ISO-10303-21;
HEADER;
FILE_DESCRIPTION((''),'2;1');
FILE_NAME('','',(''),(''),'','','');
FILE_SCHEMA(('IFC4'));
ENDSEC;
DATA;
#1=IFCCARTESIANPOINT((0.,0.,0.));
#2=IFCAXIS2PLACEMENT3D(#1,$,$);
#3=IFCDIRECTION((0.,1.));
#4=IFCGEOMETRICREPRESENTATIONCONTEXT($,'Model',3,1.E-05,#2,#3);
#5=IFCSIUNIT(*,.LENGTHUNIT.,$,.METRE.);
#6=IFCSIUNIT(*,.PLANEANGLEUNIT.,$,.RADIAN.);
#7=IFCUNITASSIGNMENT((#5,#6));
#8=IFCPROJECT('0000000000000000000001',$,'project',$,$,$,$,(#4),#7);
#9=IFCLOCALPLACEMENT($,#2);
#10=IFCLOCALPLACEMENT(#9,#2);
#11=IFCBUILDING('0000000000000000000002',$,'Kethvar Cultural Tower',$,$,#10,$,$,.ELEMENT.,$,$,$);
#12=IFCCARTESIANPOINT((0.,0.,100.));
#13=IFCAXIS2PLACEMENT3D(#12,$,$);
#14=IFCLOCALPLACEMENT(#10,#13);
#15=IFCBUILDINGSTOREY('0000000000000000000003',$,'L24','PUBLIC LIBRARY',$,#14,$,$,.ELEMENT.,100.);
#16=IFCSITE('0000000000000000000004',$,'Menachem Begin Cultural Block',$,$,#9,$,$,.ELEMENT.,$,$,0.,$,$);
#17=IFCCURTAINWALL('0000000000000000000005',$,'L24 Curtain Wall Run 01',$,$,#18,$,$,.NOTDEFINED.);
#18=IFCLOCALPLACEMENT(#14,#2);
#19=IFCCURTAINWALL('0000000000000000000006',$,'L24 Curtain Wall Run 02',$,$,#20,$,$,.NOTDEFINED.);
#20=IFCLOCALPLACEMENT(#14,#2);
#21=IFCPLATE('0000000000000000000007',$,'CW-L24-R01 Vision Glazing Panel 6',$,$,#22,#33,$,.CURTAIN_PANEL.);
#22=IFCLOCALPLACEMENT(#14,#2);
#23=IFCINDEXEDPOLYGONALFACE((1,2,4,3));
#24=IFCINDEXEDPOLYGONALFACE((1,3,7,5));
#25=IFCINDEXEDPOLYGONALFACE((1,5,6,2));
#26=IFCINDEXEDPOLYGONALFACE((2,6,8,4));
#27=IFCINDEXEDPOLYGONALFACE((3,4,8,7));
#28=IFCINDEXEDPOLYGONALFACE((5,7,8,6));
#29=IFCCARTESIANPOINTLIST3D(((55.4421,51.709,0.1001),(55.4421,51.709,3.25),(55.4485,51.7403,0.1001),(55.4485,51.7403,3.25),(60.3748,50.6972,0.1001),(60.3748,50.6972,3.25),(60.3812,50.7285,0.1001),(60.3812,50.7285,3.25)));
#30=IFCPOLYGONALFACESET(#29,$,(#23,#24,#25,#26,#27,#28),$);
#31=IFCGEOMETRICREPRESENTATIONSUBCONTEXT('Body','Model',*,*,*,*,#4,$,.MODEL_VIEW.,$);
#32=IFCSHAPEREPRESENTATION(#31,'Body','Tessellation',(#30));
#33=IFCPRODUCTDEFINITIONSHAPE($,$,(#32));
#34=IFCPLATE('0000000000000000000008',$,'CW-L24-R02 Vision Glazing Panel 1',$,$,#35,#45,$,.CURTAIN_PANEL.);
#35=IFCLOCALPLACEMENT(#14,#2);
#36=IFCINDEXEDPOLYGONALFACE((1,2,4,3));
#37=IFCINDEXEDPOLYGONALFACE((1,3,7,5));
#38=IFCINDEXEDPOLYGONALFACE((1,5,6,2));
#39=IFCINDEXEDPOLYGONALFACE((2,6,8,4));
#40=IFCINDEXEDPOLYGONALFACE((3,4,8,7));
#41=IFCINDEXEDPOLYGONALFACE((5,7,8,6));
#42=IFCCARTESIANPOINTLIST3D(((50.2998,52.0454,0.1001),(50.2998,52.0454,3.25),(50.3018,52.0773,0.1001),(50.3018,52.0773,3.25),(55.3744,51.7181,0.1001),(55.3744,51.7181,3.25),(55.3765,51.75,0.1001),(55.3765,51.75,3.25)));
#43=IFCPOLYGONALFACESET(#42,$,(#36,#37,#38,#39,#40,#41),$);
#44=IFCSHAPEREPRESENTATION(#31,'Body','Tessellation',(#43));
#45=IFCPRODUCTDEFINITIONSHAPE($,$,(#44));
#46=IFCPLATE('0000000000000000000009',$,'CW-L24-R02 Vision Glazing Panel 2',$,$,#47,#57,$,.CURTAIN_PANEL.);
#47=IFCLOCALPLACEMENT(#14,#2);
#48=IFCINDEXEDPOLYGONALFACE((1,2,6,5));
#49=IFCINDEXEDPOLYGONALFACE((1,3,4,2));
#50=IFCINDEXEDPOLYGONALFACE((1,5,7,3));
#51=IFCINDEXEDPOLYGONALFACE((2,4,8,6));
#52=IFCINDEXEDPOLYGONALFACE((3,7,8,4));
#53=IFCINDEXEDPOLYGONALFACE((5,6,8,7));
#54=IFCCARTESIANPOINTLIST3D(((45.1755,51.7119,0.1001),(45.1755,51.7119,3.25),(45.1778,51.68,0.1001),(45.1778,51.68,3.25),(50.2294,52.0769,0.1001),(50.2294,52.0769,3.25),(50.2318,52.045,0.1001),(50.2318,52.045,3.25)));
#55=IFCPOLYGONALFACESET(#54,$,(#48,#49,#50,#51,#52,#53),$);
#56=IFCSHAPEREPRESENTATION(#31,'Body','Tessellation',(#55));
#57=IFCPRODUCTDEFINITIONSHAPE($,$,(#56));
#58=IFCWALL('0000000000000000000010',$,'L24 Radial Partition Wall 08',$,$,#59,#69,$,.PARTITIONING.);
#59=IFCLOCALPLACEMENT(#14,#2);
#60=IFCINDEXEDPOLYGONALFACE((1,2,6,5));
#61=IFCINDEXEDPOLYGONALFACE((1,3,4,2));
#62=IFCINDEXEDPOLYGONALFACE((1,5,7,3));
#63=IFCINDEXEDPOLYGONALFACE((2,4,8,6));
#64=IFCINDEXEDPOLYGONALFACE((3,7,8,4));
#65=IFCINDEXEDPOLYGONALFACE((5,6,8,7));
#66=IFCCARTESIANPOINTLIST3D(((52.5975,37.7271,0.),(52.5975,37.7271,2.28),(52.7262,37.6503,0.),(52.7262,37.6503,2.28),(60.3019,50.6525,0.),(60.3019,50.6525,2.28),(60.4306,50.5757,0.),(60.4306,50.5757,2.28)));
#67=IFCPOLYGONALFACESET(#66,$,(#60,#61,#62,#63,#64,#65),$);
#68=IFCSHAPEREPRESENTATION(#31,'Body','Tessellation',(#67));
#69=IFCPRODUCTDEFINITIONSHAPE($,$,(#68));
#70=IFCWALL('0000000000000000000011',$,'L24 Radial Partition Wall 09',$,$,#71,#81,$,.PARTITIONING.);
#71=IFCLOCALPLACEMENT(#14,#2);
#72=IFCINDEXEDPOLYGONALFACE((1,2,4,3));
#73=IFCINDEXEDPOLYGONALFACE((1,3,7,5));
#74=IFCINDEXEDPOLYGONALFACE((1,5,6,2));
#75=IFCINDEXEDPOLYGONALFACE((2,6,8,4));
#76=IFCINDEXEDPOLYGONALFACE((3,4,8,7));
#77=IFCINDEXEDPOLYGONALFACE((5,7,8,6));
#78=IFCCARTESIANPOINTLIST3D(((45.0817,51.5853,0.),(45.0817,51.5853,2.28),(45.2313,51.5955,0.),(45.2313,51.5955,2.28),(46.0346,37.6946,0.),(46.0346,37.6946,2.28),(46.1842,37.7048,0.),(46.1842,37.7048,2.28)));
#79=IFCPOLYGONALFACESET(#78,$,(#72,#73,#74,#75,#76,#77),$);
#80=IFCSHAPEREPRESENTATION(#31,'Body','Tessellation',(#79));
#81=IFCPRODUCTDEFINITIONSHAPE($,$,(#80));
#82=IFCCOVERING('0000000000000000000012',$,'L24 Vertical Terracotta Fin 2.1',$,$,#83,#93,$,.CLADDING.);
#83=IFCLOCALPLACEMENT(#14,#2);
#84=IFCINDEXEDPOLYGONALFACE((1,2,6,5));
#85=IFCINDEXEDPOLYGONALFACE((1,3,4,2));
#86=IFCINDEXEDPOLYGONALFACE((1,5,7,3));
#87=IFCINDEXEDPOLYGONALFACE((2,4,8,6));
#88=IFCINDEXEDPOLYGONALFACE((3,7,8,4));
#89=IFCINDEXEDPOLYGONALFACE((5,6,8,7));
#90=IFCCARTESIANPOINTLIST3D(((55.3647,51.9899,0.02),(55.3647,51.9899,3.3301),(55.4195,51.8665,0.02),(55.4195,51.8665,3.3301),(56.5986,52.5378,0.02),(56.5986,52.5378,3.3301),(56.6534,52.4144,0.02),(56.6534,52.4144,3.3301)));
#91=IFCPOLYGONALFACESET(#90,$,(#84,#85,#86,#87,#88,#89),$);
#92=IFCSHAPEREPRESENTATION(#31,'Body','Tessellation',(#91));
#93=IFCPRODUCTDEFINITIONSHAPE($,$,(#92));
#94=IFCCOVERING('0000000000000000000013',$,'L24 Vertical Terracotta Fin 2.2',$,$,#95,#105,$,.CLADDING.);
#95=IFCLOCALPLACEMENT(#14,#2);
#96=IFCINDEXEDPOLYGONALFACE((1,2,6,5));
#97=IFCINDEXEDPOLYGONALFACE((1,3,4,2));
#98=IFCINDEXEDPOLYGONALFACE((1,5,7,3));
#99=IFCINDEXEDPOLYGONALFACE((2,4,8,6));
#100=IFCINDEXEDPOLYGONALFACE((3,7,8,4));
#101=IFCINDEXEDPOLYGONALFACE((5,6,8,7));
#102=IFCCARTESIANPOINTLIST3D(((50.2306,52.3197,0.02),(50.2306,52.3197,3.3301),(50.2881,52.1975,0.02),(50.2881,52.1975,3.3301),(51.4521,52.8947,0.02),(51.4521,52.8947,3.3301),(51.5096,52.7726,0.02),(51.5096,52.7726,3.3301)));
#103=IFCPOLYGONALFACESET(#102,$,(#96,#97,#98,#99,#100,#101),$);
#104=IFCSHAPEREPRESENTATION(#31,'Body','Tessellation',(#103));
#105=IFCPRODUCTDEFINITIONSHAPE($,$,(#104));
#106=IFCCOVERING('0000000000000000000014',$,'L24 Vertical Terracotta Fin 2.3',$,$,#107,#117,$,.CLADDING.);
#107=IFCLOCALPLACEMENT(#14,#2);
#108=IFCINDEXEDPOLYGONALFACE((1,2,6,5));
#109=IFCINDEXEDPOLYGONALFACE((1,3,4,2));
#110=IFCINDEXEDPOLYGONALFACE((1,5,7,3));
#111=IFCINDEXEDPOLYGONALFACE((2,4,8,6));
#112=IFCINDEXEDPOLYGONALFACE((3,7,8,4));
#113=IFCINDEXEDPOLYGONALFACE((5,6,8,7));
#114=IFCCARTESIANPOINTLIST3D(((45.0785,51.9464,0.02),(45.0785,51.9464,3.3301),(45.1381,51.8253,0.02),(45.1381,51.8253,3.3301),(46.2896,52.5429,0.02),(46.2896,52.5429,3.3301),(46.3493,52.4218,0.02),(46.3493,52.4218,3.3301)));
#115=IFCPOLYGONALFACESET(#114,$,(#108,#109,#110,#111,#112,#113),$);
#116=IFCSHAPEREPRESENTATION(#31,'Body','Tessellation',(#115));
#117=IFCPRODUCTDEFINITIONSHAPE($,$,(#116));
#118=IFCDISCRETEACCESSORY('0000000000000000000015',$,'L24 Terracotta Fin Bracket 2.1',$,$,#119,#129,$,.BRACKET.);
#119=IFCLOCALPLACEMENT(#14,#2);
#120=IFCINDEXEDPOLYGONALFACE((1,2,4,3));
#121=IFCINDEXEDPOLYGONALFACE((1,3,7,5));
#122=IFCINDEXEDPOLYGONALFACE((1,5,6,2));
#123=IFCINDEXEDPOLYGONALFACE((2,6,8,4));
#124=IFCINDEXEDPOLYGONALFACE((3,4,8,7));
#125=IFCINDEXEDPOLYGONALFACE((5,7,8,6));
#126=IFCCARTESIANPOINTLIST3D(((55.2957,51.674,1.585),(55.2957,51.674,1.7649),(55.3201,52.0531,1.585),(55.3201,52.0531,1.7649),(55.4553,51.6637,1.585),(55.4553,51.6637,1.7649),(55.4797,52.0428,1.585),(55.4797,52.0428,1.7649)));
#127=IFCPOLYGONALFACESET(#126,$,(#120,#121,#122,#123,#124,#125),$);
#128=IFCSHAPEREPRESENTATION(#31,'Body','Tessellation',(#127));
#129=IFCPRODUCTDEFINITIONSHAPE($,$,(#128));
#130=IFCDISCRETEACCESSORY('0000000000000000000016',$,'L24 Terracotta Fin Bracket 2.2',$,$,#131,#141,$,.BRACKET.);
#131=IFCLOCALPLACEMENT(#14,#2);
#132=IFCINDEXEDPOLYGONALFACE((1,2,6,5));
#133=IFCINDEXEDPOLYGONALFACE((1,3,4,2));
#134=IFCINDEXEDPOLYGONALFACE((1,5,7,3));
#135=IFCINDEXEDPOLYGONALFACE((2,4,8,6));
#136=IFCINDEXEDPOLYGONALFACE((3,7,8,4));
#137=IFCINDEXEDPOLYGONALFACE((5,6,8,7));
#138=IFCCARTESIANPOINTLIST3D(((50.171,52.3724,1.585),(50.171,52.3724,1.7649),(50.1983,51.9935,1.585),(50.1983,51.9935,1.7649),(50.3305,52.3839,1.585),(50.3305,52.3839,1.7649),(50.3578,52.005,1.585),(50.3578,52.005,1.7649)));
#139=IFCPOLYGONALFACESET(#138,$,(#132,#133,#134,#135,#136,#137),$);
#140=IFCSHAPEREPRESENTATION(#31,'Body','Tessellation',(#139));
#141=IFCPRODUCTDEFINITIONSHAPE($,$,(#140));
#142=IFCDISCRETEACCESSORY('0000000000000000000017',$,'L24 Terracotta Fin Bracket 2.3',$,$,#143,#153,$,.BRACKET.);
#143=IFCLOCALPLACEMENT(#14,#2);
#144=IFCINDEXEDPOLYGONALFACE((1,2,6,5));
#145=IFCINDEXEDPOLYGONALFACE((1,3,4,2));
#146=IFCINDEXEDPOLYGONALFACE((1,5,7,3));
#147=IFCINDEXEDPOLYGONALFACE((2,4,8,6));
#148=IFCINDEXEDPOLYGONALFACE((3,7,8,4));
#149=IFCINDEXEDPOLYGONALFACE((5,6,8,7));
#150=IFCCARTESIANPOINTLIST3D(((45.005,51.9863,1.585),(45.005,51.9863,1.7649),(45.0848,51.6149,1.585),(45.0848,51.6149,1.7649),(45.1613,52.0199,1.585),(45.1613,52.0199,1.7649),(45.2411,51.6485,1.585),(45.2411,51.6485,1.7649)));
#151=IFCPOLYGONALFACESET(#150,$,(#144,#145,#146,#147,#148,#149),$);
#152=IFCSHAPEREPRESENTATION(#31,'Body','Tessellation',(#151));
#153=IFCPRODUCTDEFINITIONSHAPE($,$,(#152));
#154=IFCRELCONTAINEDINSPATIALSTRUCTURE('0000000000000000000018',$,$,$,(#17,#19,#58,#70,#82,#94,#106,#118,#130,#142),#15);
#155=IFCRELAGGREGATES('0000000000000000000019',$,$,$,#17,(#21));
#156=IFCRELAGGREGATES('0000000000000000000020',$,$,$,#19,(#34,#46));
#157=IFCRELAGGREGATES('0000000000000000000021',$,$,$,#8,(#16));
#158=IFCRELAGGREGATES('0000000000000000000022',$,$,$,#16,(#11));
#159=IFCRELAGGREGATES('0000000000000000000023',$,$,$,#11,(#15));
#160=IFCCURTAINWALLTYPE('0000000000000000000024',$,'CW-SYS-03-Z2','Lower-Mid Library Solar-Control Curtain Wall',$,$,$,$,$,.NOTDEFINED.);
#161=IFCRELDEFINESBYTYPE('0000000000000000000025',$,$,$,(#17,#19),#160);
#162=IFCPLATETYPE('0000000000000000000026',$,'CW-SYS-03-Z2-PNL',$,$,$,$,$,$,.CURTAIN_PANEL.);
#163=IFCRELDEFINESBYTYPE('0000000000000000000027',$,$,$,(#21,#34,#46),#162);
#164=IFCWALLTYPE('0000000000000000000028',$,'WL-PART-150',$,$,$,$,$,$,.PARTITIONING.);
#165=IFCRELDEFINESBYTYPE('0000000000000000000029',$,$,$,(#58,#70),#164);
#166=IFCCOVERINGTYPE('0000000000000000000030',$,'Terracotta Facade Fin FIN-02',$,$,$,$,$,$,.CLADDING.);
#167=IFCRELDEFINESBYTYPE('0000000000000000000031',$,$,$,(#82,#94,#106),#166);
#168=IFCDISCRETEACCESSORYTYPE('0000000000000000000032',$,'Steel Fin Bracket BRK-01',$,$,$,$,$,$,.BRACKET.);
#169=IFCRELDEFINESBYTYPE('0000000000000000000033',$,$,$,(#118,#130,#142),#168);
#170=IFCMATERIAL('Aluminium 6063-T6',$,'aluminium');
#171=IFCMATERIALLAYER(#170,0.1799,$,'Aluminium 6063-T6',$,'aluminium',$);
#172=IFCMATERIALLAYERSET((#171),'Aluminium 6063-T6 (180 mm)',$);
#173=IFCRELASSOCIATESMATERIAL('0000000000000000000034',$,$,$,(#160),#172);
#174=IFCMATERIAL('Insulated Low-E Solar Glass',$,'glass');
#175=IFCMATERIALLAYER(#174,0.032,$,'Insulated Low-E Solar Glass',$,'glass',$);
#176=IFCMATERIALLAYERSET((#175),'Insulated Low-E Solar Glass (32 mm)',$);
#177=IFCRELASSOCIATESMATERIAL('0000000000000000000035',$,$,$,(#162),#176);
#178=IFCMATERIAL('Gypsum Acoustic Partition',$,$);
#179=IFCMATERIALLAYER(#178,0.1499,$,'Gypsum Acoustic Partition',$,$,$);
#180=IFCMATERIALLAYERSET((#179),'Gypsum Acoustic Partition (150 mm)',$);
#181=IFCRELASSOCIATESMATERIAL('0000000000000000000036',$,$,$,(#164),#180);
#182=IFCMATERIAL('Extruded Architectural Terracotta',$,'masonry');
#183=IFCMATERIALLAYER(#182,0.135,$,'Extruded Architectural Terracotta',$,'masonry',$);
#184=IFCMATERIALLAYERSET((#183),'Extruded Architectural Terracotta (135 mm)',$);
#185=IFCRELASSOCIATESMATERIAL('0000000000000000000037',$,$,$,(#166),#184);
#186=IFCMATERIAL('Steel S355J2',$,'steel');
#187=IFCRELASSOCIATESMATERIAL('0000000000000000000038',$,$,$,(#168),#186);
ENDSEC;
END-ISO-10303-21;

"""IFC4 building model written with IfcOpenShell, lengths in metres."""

from ifc_helpers import new_model, si_unit, direction, frame, frame_2d, origin, origin_2d, place, context, subcontext, project, spatial, rectangle, extrude, source, transform, mapped, material, layer, layer_set, type_object, element, aggregate, save


model = new_model("IFC4")

# Units and contexts
model_context = context("Model", 3, precision=1e-05, world=origin(), true_north=direction((0.0, 1.0)))
body_context = subcontext(model_context, "Body", "Model", "MODEL_VIEW")
ifc_project = project(units=[si_unit("LENGTHUNIT", "METRE"), si_unit("PLANEANGLEUNIT", "RADIAN")], contexts=[model_context])

# Site, building, storey
site_placement = place(None, origin())
site = spatial("IfcSite", under=ifc_project, at=site_placement, Name="Menachem Begin Cultural Block", CompositionType="ELEMENT", RefElevation=0.0)
building_placement = place(site_placement, origin())
building = spatial("IfcBuilding", under=site, at=building_placement, Name="Kethvar Cultural Tower", CompositionType="ELEMENT")
storey_placement = place(building_placement, frame((0.0, 0.0, 100.0)))
storey = spatial("IfcBuildingStorey", under=building, at=storey_placement, Name="L24", Description="PUBLIC LIBRARY", CompositionType="ELEMENT", Elevation=100.0)

# Shared definitions
ifc_material_1 = material(Name="Steel S355J2", Category="steel")

# Curtain wall
ifc_material_2 = material(Name="Aluminium 6063-T6", Category="aluminium")
ifc_layer_1 = layer(ifc_material_2, 0.1799, Name="Aluminium 6063-T6", Category="aluminium")
ifc_layer_set_1 = layer_set([ifc_layer_1], Name="Aluminium 6063-T6 (180 mm)")
curtain_wall_type = type_object("IfcCurtainWallType", Name="CW-SYS-03-Z2", Description="Lower-Mid Library Solar-Control Curtain Wall", PredefinedType="NOTDEFINED", material=ifc_layer_set_1)
curtain_wall_1_placement = place(storey_placement, origin())
curtain_wall_1 = element("IfcCurtainWall", 1, at=curtain_wall_1_placement, inside=storey, type_object=curtain_wall_type, Name="L24 Curtain Wall Run 01", PredefinedType="NOTDEFINED")

# Curtain wall
curtain_wall_2_placement = place(storey_placement, origin())
curtain_wall_2 = element("IfcCurtainWall", 2, at=curtain_wall_2_placement, inside=storey, type_object=curtain_wall_type, Name="L24 Curtain Wall Run 02", PredefinedType="NOTDEFINED")

# Plates
ifc_material_3 = material(Name="Insulated Low-E Solar Glass", Category="glass")
ifc_layer_2 = layer(ifc_material_3, 0.032, Name="Insulated Low-E Solar Glass", Category="glass")
ifc_layer_set_2 = layer_set([ifc_layer_2], Name="Insulated Low-E Solar Glass (32 mm)")
plate_type = type_object("IfcPlateType", Name="CW-SYS-03-Z2-PNL", PredefinedType="CURTAIN_PANEL", material=ifc_layer_set_2)
shared_shape_1 = source(origin(), body_context, "Body", "SweptSolid", [
    extrude(rectangle(XDim=5.0354, YDim=0.032, at=origin_2d()), origin(), (0.0, 0.0, 1.0), 3.1499),
])
plate_1_placement = place(storey_placement, frame((57.9116, 51.2188, 0.1001), z_axis=(0.0, 0.0, 1.0), x_axis=(-0.979607, 0.200924, 0.0)))
plate_1 = element("IfcPlate", 3, at=plate_1_placement, type_object=plate_type, Name="CW-L24-R01 Vision Glazing Panel 6", PredefinedType="CURTAIN_PANEL", context=body_context, shape_type="MappedRepresentation", body=[
    mapped(shared_shape_1, transform((0.0, 0.0, 0.0), scale=1.0)),
])
aggregate(curtain_wall_1, [plate_1])
shared_shape_2 = source(origin(), body_context, "Body", "SweptSolid", [
    extrude(rectangle(XDim=5.0852, YDim=0.032, at=origin_2d()), origin(), (0.0, 0.0, 1.0), 3.1499),
])
plate_2_placement = place(storey_placement, frame((52.8381, 51.8977, 0.1001), z_axis=(0.0, 0.0, 1.0), x_axis=(-0.997926, 0.064376, 0.0)))
plate_2 = element("IfcPlate", 4, at=plate_2_placement, type_object=plate_type, Name="CW-L24-R02 Vision Glazing Panel 1", PredefinedType="CURTAIN_PANEL", context=body_context, shape_type="MappedRepresentation", body=[
    mapped(shared_shape_2, transform((0.0, 0.0, 0.0), scale=1.0)),
])
shared_shape_3 = source(origin(), body_context, "Body", "SweptSolid", [
    extrude(rectangle(XDim=5.0671, YDim=0.032, at=origin_2d()), origin(), (0.0, 0.0, 1.0), 3.1499),
])
plate_3_placement = place(storey_placement, frame((47.7036, 51.8784, 0.1001), z_axis=(0.0, 0.0, 1.0), x_axis=(-0.997402, -0.072037, 0.0)))
plate_3 = element("IfcPlate", 5, at=plate_3_placement, type_object=plate_type, Name="CW-L24-R02 Vision Glazing Panel 2", PredefinedType="CURTAIN_PANEL", context=body_context, shape_type="MappedRepresentation", body=[
    mapped(shared_shape_3, transform((0.0, 0.0, 0.0), scale=1.0)),
])
aggregate(curtain_wall_2, [plate_2, plate_3])

# Walls
ifc_material_4 = material(Name="Gypsum Acoustic Partition")
ifc_layer_3 = layer(ifc_material_4, 0.1499, Name="Gypsum Acoustic Partition")
ifc_layer_set_3 = layer_set([ifc_layer_3], Name="Gypsum Acoustic Partition (150 mm)")
wall_type_1 = type_object("IfcWallType", Name="WL-PART-150", PredefinedType="PARTITIONING", material=ifc_layer_set_3)
wall_1_placement = place(storey_placement, frame((52.6619, 37.6887, 0.0), z_axis=(0.0, 0.0, 1.0), x_axis=(0.51201, 0.85898, 0.0)))
element("IfcWall", 6, at=wall_1_placement, inside=storey, type_object=wall_type_1, Name="L24 Radial Partition Wall 08", PredefinedType="PARTITIONING", context=body_context, shape_type="SweptSolid", body=[
    extrude(rectangle(XDim=15.0474, YDim=0.1499, at=frame_2d((7.5237, 0.0))), origin(), (0.0, 0.0, 1.0), 2.28),
])
wall_2_placement = place(storey_placement, frame((46.1094, 37.6997, 0.0), z_axis=(0.0, 0.0, 1.0), x_axis=(-0.068438, 0.997655, 0.0)))
element("IfcWall", 7, at=wall_2_placement, inside=storey, type_object=wall_type_1, Name="L24 Radial Partition Wall 09", PredefinedType="PARTITIONING", context=body_context, shape_type="SweptSolid", body=[
    extrude(rectangle(XDim=13.9233, YDim=0.1499, at=frame_2d((6.9617, 0.0))), origin(), (0.0, 0.0, 1.0), 2.28),
])

# Coverings
ifc_material_5 = material(Name="Extruded Architectural Terracotta", Category="masonry")
ifc_layer_4 = layer(ifc_material_5, 0.135, Name="Extruded Architectural Terracotta", Category="masonry")
ifc_layer_set_4 = layer_set([ifc_layer_4], Name="Extruded Architectural Terracotta (135 mm)")
covering_type = type_object("IfcCoveringType", Name="Terracotta Facade Fin FIN-02", PredefinedType="CLADDING", material=ifc_layer_set_4)
shared_shape_4 = source(origin(), body_context, "Body", "SweptSolid", [
    extrude(rectangle(XDim=1.3501, YDim=0.135, at=origin_2d()), origin(), (0.0, 0.0, 1.0), 3.3101),
])
for number, where, z_axis, x_axis, name in (
    (8, (56.009, 52.2021, 0.02), (0.0, 0.0, 1.0), (0.913971, 0.40578, 0.0), "L24 Vertical Terracotta Fin 2.1"),
    (9, (50.8701, 52.5461, 0.02), (0.0, 0.0, 1.0), (0.904753, 0.425937, 0.0), "L24 Vertical Terracotta Fin 2.2"),
    (10, (45.7139, 52.1841, 0.02), (0.0, 0.0, 1.0), (0.897104, 0.441819, 0.0), "L24 Vertical Terracotta Fin 2.3"),
):
    element("IfcCovering", number, at=place(storey_placement, frame(where, z_axis=z_axis, x_axis=x_axis)), inside=storey, type_object=covering_type, Name=name, PredefinedType="CLADDING", context=body_context, shape_type="MappedRepresentation", body=[
        mapped(shared_shape_4, transform((0.0, 0.0, 0.0), scale=1.0)),
    ])

# Discrete accessories
discrete_accessory_type = type_object("IfcDiscreteAccessoryType", Name="Steel Fin Bracket BRK-01", PredefinedType="BRACKET", material=ifc_material_1)
shared_shape_5 = source(origin(), body_context, "Body", "SweptSolid", [
    extrude(rectangle(XDim=0.3799, YDim=0.1599, at=origin_2d()), origin(), (0.0, 0.0, 1.0), 0.1799),
])
for number, where, z_axis, x_axis, name in (
    (11, (55.3877, 51.8584, 1.585), (0.0, 0.0, 1.0), (0.064358, 0.997927, 0.0), "L24 Terracotta Fin Bracket 2.1"),
    (12, (50.2644, 52.1887, 1.585), (0.0, 0.0, 1.0), (-0.07202, 0.997403, 0.0), "L24 Terracotta Fin Bracket 2.2"),
    (13, (45.123, 51.8174, 1.585), (0.0, 0.0, 1.0), (-0.20996, 0.97771, 0.0), "L24 Terracotta Fin Bracket 2.3"),
):
    element("IfcDiscreteAccessory", number, at=place(storey_placement, frame(where, z_axis=z_axis, x_axis=x_axis)), inside=storey, type_object=discrete_accessory_type, Name=name, PredefinedType="BRACKET", context=body_context, shape_type="MappedRepresentation", body=[
        mapped(shared_shape_5, transform((0.0, 0.0, 0.0), scale=1.0)),
    ])

save(model, "model.ifc")
